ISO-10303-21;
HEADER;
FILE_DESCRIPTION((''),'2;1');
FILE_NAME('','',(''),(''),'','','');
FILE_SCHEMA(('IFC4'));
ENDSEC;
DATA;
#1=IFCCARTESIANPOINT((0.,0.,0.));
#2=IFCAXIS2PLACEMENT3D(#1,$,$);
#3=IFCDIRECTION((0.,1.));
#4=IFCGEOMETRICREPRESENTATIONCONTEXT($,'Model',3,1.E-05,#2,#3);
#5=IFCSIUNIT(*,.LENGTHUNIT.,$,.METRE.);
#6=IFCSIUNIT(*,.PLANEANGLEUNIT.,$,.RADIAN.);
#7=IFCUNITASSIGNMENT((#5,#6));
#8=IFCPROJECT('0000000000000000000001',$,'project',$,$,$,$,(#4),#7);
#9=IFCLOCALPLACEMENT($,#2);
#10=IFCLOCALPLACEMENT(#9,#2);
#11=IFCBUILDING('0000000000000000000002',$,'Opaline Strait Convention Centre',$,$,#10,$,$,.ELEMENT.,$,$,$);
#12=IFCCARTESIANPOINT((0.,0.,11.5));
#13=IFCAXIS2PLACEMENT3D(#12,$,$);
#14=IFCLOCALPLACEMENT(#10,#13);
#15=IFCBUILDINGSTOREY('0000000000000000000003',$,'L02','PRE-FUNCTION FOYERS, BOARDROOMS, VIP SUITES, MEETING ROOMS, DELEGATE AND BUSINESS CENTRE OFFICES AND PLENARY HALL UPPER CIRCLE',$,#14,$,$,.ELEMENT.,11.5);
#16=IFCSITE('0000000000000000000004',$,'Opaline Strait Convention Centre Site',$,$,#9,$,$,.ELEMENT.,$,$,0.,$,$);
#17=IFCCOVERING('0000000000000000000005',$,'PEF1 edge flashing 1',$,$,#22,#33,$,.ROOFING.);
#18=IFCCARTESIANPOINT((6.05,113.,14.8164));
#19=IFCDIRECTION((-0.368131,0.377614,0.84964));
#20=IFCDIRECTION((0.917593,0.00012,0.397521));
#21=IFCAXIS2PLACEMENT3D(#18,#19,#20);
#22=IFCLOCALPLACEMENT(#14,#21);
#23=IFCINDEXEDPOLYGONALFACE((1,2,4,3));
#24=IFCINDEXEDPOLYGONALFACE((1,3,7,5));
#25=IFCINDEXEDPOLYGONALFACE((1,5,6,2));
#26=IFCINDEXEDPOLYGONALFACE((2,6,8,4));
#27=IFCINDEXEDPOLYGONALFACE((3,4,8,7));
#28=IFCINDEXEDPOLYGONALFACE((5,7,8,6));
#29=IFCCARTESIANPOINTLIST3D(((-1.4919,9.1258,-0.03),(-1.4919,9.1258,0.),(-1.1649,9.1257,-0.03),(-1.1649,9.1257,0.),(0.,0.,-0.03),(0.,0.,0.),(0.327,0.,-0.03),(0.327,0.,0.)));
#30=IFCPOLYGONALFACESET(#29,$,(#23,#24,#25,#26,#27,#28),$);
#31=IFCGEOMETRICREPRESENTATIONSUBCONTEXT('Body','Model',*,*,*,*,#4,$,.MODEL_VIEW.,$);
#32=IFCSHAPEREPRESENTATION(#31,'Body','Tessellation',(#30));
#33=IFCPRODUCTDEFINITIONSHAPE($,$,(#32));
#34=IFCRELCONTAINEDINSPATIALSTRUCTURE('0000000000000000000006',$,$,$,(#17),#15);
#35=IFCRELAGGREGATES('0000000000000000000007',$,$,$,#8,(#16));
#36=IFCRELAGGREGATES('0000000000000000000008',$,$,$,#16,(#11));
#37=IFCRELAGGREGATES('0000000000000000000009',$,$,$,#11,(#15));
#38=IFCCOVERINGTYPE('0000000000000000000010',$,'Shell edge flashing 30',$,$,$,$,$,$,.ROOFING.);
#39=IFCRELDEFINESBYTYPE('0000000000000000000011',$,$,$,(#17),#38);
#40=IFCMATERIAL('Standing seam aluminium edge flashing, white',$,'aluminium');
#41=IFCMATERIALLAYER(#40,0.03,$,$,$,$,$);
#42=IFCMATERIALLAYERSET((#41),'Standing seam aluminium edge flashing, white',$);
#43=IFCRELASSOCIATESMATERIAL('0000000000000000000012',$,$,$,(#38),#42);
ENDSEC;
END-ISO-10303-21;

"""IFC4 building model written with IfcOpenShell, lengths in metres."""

from ifc_helpers import new_model, si_unit, direction, frame, origin, place, context, subcontext, project, spatial, polyline, outline, extrude, material, layer, layer_set, type_object, element, save


model = new_model("IFC4")

# Units and contexts
model_context = context("Model", 3, precision=1e-05, world=origin(), true_north=direction((0.0, 1.0)))
body_context = subcontext(model_context, "Body", "Model", "MODEL_VIEW")
ifc_project = project(units=[si_unit("LENGTHUNIT", "METRE"), si_unit("PLANEANGLEUNIT", "RADIAN")], contexts=[model_context])

# Site, building, storey
site_placement = place(None, origin())
site = spatial("IfcSite", under=ifc_project, at=site_placement, Name="Opaline Strait Convention Centre Site", CompositionType="ELEMENT", RefElevation=0.0)
building_placement = place(site_placement, origin())
building = spatial("IfcBuilding", under=site, at=building_placement, Name="Opaline Strait Convention Centre", CompositionType="ELEMENT")
storey_placement = place(building_placement, frame((0.0, 0.0, 11.5)))
storey = spatial("IfcBuildingStorey", under=building, at=storey_placement, Name="L02", Description="PRE-FUNCTION FOYERS, BOARDROOMS, VIP SUITES, MEETING ROOMS, DELEGATE AND BUSINESS CENTRE OFFICES AND PLENARY HALL UPPER CIRCLE", CompositionType="ELEMENT", Elevation=11.5)

# Covering
ifc_material_1 = material(Name="Standing seam aluminium edge flashing, white", Category="aluminium")
ifc_layer_1 = layer(ifc_material_1, 0.03)
ifc_layer_set_1 = layer_set([ifc_layer_1], Name="Standing seam aluminium edge flashing, white")
covering_type_1 = type_object("IfcCoveringType", Name="Shell edge flashing 30", PredefinedType="ROOFING", material=ifc_layer_set_1)
covering_1_placement = place(storey_placement, frame((6.05, 113.0, 14.8164), z_axis=(-0.368131, 0.377614, 0.84964), x_axis=(0.917593, 0.00012, 0.397521)))
element("IfcCovering", 1, at=covering_1_placement, inside=storey, type_object=covering_type_1, Name="PEF1 edge flashing 1", PredefinedType="ROOFING", context=body_context, shape_type="SweptSolid", body=[
    extrude(outline(polyline([(0.0, 0.0), (0.327, 0.0), (-1.1649, 9.1257), (-1.4919, 9.1258), (0.0, 0.0)])), origin(), (0.0, 0.0, -1.0), 0.03),
])

save(model, "model.ifc")
